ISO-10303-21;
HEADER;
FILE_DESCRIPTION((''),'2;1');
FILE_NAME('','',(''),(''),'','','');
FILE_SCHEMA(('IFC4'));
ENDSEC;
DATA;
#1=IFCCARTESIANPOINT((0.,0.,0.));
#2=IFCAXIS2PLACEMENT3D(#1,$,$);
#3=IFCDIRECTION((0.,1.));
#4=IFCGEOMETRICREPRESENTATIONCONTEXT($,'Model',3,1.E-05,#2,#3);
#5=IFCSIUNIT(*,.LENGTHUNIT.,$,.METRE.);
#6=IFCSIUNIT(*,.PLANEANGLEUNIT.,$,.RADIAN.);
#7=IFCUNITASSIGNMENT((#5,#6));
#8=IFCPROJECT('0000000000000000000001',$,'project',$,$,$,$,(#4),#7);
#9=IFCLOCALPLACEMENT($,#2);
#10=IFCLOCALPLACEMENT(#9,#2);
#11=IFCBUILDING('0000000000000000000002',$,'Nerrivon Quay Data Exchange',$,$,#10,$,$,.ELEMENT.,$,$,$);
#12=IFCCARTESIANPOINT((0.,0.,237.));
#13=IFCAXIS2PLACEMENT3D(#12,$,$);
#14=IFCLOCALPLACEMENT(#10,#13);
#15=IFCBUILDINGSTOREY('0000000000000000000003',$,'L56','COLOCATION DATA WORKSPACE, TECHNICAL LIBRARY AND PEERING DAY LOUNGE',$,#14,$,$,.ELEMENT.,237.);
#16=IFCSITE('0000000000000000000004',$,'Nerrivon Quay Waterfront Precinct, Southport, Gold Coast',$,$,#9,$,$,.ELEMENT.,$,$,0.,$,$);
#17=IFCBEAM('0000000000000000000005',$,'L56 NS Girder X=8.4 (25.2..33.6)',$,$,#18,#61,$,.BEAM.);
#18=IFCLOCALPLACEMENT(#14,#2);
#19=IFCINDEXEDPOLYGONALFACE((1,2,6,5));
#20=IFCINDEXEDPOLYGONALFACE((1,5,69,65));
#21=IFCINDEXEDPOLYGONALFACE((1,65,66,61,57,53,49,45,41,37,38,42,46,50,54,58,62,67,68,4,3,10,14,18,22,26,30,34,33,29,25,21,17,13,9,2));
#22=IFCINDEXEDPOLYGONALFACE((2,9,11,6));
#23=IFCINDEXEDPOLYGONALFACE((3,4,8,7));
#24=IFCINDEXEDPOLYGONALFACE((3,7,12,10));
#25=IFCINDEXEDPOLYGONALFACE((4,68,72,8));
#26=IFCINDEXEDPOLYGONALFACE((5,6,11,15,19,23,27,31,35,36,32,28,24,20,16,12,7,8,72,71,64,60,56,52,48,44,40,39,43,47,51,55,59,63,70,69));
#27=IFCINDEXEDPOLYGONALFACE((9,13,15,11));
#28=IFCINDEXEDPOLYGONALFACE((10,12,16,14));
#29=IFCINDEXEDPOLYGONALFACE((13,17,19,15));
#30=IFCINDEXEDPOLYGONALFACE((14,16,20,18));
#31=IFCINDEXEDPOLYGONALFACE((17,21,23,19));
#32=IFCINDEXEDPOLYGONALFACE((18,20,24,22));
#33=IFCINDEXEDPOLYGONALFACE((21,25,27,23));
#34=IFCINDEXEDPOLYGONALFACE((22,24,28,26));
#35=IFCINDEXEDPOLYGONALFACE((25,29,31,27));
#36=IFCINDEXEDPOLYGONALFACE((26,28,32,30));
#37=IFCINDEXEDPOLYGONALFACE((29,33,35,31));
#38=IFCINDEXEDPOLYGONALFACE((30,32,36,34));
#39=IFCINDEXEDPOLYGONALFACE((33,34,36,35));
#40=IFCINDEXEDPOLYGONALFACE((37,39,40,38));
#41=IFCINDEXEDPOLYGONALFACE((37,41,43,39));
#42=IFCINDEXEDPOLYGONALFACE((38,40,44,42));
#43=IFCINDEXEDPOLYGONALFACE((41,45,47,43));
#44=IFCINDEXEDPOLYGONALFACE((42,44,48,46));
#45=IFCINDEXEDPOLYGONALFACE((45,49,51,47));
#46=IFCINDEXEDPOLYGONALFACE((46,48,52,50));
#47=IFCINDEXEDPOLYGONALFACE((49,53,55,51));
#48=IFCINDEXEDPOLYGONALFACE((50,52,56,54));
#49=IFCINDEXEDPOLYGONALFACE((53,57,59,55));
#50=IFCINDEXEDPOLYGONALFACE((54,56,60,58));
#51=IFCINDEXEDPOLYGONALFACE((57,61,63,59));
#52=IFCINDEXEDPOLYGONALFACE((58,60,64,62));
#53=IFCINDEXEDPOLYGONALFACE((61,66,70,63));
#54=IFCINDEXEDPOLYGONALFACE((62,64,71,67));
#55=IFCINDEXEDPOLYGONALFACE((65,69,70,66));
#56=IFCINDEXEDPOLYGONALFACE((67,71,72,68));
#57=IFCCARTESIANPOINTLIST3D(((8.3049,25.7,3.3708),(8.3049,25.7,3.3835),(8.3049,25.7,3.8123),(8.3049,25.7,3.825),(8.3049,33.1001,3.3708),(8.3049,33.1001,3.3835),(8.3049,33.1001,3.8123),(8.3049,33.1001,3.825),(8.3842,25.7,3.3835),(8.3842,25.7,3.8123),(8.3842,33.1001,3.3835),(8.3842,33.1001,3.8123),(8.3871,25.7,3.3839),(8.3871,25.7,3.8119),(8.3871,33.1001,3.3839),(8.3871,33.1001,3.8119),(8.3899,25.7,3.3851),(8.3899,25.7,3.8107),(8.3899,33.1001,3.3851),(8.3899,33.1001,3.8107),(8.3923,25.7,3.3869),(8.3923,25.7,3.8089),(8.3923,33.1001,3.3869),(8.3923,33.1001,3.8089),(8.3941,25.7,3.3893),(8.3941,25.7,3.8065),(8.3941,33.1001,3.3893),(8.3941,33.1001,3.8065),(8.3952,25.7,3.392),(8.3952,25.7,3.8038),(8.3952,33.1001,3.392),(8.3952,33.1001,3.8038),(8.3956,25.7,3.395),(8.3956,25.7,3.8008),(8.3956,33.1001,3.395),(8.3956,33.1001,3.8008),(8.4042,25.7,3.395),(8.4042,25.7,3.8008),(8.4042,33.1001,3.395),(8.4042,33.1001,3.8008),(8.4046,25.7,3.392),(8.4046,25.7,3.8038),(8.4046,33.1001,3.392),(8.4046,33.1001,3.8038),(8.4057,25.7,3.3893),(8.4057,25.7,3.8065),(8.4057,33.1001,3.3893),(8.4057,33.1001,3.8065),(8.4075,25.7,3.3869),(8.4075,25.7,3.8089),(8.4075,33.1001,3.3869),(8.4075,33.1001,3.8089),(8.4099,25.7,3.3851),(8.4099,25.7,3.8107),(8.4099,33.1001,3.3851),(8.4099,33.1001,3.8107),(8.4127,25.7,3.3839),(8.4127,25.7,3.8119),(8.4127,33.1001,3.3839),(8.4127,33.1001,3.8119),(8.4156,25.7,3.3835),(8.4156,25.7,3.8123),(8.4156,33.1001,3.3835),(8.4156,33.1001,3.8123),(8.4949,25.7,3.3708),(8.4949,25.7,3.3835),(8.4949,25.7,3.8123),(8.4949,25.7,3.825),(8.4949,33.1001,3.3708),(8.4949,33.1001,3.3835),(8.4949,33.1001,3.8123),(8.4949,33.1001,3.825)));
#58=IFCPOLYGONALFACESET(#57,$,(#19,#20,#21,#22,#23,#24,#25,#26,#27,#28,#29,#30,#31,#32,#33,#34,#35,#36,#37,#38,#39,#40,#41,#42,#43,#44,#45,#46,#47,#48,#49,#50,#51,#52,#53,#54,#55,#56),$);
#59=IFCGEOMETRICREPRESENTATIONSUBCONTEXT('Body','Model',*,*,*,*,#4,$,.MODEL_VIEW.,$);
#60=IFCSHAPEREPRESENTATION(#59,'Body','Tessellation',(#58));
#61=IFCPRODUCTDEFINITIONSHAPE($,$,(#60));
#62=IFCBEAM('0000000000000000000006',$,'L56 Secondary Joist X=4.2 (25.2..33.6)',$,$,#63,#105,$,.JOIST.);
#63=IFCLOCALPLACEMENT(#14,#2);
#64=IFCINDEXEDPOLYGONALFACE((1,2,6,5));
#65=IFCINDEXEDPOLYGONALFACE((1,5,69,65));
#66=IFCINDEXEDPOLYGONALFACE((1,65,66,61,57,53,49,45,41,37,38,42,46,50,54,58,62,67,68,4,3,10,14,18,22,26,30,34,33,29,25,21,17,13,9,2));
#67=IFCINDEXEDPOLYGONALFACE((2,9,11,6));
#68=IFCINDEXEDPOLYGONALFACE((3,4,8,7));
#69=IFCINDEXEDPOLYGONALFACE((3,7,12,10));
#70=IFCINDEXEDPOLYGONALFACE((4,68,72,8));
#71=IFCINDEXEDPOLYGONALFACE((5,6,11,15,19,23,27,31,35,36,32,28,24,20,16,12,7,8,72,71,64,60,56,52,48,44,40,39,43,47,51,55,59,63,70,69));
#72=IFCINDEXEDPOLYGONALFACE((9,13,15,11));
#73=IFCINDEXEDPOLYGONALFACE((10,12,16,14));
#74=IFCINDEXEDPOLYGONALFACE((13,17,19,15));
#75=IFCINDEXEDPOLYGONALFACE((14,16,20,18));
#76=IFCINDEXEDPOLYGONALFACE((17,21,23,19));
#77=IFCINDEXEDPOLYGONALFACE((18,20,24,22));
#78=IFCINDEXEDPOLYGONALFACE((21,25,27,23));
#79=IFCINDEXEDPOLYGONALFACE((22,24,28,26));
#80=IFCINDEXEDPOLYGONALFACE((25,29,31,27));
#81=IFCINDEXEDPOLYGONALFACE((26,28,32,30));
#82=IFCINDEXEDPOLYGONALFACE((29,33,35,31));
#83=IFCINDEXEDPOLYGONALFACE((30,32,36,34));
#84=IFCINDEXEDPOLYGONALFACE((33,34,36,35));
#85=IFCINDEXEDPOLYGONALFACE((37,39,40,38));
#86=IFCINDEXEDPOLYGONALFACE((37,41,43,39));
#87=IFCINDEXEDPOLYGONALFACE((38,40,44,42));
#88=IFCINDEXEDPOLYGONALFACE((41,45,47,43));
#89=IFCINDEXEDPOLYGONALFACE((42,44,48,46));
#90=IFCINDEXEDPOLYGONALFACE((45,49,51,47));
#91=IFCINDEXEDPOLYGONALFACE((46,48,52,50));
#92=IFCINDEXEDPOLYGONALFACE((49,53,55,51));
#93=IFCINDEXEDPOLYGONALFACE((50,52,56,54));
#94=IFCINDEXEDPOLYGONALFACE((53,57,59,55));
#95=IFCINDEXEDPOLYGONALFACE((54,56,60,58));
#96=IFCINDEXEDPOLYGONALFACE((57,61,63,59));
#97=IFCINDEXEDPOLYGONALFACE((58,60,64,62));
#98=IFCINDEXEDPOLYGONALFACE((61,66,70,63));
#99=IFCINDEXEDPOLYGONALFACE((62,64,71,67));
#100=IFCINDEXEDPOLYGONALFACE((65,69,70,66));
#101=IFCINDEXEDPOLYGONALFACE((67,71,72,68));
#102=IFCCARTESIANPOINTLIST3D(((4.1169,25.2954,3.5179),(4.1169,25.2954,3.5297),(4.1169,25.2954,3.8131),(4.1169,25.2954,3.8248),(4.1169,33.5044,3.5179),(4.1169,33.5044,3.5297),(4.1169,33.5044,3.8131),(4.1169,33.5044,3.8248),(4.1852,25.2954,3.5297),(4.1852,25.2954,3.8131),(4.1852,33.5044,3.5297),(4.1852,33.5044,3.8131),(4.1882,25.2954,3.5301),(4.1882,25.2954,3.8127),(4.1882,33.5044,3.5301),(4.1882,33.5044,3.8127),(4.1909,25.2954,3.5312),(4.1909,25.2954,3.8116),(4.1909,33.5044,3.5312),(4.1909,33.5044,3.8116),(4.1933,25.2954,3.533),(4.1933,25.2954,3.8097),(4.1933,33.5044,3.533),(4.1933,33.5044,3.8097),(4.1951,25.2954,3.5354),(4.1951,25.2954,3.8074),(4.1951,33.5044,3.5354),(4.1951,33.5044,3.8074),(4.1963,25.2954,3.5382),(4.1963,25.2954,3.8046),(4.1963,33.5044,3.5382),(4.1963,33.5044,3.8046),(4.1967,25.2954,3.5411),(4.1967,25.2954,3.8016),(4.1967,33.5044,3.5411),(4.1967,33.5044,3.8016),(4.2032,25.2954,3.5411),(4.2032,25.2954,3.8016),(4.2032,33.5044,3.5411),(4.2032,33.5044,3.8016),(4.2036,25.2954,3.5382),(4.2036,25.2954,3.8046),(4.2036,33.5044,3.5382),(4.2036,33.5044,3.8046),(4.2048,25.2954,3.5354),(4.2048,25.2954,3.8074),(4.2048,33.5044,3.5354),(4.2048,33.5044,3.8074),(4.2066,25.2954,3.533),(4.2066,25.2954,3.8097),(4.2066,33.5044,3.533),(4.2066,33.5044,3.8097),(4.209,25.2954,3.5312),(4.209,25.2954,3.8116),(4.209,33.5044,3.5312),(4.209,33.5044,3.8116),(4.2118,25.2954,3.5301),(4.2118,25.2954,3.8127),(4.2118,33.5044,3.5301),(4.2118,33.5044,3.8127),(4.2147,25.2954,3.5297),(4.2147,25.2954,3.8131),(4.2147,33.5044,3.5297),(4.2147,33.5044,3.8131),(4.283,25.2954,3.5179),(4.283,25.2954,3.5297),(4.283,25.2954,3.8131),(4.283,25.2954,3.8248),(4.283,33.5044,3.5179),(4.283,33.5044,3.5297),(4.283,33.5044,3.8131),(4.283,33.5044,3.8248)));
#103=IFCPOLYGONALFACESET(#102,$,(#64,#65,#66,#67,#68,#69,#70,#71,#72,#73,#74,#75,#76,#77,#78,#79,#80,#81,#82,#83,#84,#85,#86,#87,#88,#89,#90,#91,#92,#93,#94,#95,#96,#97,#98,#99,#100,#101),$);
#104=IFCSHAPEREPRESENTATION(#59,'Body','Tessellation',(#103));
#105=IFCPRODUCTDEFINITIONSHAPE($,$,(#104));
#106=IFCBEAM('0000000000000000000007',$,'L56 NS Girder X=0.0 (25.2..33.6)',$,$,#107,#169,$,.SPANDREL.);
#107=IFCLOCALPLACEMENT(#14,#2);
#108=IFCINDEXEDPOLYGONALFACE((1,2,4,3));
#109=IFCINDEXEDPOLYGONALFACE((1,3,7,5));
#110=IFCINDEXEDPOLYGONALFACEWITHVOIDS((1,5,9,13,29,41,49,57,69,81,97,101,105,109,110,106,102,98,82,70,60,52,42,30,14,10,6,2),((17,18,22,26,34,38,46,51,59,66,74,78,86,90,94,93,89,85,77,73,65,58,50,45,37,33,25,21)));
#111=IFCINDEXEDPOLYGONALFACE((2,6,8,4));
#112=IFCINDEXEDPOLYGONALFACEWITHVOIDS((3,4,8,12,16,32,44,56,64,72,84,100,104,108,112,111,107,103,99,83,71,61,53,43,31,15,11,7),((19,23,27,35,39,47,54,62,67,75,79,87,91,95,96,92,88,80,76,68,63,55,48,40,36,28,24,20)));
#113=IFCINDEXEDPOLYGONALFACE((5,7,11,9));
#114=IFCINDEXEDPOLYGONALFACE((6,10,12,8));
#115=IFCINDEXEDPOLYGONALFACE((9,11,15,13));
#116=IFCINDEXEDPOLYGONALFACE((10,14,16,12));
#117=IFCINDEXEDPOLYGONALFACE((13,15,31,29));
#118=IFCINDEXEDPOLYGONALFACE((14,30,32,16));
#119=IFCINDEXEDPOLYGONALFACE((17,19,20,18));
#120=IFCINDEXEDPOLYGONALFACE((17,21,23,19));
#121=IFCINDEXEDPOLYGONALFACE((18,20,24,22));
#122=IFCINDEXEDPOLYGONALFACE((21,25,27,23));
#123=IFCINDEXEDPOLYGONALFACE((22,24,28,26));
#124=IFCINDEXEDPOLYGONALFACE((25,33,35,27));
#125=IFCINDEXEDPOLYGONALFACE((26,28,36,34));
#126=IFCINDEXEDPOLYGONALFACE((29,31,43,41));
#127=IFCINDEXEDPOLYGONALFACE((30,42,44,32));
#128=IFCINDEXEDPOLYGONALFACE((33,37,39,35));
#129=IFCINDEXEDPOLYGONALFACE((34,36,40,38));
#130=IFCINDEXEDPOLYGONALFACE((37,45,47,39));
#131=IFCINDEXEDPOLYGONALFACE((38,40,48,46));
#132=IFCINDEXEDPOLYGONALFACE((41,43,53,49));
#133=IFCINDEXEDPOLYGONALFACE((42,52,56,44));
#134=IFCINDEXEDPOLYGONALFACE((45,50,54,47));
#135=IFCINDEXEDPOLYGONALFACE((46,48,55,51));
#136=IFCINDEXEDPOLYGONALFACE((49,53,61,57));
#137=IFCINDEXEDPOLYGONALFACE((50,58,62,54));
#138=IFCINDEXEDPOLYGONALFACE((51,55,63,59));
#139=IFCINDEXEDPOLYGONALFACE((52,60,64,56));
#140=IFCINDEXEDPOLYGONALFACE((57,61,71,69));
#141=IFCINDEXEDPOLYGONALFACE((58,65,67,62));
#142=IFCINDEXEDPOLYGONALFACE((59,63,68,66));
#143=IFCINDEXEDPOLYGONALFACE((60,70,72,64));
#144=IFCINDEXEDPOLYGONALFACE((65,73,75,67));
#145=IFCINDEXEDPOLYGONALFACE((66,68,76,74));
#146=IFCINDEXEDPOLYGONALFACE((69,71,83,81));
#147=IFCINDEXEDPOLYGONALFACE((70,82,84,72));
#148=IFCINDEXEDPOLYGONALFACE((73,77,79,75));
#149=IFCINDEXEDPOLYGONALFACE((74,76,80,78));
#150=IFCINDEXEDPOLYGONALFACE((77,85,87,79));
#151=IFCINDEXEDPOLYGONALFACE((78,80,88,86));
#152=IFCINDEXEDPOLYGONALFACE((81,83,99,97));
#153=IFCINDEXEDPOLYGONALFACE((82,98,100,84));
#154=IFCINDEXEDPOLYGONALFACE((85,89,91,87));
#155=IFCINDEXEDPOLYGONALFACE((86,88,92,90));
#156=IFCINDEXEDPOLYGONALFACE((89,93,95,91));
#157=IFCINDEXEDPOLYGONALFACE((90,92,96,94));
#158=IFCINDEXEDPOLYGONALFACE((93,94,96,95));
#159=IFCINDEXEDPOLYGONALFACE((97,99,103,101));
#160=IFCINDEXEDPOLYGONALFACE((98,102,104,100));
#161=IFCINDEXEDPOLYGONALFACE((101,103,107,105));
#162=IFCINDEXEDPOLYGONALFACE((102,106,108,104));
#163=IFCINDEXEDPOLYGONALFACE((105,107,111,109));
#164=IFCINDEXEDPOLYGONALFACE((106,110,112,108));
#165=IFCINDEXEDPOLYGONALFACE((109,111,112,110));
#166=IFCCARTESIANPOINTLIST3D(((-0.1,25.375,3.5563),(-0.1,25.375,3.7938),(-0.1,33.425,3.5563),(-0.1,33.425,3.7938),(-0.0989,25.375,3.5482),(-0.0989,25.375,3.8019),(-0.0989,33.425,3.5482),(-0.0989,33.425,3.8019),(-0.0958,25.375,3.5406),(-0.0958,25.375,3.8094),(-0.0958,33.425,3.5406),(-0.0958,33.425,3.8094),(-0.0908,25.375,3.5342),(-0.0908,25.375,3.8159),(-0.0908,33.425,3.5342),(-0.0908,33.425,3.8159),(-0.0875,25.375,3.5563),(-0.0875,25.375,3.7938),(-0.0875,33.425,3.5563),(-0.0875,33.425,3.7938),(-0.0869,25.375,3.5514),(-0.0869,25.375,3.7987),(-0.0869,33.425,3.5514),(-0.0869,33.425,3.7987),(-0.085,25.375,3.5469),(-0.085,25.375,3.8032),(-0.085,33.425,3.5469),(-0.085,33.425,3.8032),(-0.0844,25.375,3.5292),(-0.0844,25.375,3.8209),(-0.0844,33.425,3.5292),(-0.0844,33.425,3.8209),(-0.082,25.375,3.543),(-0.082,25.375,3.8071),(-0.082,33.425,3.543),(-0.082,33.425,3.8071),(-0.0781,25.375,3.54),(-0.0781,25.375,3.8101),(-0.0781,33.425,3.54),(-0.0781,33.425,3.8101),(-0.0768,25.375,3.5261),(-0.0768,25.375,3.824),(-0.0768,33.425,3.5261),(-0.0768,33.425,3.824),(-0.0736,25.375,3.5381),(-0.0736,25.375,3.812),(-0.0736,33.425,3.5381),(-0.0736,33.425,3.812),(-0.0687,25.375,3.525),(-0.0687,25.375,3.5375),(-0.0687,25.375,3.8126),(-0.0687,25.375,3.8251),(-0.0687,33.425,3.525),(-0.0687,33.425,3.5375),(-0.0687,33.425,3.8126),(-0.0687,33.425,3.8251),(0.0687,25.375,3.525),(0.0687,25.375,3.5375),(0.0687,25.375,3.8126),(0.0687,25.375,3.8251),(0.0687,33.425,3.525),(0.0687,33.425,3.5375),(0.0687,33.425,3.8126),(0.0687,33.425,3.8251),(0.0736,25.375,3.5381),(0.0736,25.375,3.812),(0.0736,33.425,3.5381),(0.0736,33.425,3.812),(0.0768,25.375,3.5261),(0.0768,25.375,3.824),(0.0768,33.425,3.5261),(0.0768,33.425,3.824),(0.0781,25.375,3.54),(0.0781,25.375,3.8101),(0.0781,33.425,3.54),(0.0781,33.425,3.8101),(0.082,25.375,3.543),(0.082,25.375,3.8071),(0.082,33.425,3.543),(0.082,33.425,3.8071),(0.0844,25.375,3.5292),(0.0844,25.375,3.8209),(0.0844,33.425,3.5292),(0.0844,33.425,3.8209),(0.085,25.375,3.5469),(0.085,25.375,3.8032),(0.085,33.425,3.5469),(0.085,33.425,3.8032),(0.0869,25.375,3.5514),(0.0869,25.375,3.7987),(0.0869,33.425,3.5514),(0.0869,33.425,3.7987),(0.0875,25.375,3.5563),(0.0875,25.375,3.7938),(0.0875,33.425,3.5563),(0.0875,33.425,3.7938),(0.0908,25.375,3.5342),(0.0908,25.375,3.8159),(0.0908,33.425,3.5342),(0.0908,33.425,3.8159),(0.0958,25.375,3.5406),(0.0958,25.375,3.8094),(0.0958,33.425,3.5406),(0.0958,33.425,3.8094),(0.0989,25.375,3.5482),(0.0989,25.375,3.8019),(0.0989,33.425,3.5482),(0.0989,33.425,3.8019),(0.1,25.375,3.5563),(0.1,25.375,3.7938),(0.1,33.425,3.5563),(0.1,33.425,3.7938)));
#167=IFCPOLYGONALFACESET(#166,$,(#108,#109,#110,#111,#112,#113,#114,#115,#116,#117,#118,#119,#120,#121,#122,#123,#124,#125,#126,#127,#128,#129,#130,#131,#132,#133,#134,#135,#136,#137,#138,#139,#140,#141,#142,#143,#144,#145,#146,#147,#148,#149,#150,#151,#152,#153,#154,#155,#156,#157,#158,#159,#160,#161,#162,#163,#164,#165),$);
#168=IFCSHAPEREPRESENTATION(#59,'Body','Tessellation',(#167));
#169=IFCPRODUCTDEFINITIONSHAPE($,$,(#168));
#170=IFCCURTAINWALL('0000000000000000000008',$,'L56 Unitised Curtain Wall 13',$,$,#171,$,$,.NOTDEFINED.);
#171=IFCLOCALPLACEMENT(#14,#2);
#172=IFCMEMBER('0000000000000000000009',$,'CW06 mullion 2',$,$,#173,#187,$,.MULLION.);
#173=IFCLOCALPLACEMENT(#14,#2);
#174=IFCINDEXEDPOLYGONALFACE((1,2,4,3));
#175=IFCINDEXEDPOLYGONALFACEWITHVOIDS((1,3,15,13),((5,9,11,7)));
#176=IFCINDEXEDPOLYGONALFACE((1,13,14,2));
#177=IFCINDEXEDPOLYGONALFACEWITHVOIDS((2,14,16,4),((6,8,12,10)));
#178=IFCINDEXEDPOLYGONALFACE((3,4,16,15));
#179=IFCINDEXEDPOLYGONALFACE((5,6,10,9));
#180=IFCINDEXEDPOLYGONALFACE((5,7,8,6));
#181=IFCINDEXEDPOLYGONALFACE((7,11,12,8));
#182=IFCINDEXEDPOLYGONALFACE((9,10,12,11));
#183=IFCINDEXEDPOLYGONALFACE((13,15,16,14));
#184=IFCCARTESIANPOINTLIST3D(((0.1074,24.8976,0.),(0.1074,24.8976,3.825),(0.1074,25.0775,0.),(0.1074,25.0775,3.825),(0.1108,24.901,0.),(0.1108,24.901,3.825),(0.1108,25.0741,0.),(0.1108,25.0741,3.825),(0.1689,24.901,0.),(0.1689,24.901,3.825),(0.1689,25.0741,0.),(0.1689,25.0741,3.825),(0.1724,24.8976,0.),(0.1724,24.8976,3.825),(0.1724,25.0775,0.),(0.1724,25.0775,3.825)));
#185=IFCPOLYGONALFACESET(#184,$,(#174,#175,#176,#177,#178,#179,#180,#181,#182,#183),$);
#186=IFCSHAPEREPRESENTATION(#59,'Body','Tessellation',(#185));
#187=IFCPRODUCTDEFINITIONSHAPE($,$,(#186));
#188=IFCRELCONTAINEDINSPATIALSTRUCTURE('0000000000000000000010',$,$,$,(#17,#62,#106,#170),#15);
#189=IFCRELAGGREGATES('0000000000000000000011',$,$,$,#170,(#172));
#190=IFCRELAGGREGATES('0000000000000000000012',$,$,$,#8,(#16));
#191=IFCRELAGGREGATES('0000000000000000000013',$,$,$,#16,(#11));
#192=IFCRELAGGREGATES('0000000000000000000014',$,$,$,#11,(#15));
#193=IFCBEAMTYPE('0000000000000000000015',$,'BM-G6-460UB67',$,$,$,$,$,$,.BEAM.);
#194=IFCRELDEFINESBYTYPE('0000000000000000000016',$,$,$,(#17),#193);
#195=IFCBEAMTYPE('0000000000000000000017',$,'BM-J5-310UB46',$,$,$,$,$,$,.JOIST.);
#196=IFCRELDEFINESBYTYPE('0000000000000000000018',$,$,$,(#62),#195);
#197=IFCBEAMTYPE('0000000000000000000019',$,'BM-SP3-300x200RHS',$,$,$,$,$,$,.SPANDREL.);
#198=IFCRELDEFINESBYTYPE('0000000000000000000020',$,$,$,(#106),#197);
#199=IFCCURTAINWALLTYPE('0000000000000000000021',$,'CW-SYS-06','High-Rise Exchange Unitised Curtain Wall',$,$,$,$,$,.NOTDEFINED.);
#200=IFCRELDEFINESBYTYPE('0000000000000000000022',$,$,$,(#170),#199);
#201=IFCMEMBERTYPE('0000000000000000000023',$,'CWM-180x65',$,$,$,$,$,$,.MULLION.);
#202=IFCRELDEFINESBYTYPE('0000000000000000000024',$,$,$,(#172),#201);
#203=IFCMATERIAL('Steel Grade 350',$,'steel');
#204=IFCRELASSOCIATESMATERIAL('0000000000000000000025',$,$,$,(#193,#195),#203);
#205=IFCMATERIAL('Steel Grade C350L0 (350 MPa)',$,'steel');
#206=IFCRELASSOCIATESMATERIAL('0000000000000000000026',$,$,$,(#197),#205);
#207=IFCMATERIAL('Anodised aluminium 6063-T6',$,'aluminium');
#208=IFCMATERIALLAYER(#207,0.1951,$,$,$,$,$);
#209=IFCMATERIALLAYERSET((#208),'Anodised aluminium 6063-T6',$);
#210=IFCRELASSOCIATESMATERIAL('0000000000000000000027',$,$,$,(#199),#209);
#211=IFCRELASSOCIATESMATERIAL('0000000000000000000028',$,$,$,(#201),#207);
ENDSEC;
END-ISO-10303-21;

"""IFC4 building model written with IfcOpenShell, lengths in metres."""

from ifc_helpers import new_model, si_unit, direction, frame, origin, origin_2d, place, context, subcontext, project, spatial, hollow_rectangle, i_section, extrude, material, layer, layer_set, material_profile, profile_set, type_object, element, aggregate, save


model = new_model("IFC4")

# Units and contexts
model_context = context("Model", 3, precision=1e-05, world=origin(), true_north=direction((0.0, 1.0)))
body_context = subcontext(model_context, "Body", "Model", "MODEL_VIEW")
ifc_project = project(units=[si_unit("LENGTHUNIT", "METRE"), si_unit("PLANEANGLEUNIT", "RADIAN")], contexts=[model_context])

# Site, building, storey
site_placement = place(None, origin())
site = spatial("IfcSite", under=ifc_project, at=site_placement, Name="Nerrivon Quay Waterfront Precinct, Southport, Gold Coast", CompositionType="ELEMENT", RefElevation=0.0)
building_placement = place(site_placement, origin())
building = spatial("IfcBuilding", under=site, at=building_placement, Name="Nerrivon Quay Data Exchange", CompositionType="ELEMENT")
storey_placement = place(building_placement, frame((0.0, 0.0, 237.0)))
storey = spatial("IfcBuildingStorey", under=building, at=storey_placement, Name="L56", Description="COLOCATION DATA WORKSPACE, TECHNICAL LIBRARY AND PEERING DAY LOUNGE", CompositionType="ELEMENT", Elevation=237.0)

# Shared definitions
ifc_material_1 = material(Name="Steel Grade 350", Category="steel")

# Beams
ifc_material_profile_1 = material_profile(ifc_material_1, i_section(OverallWidth=0.1899, OverallDepth=0.4541, WebThickness=0.0085, FlangeThickness=0.0127, FilletRadius=0.0115, at=origin_2d()), Name="460UB67.1")
ifc_profile_set_1 = profile_set([ifc_material_profile_1], Name="Steel Grade 350")
beam_type_1 = type_object("IfcBeamType", Name="BM-G6-460UB67", PredefinedType="BEAM", material=ifc_profile_set_1)
beam_1_placement = place(storey_placement, frame((8.3999, 25.7, 3.5979), z_axis=(0.0, 1.0, 0.0), x_axis=(-1.0, 0.0, 0.0)))
element("IfcBeam", 1, at=beam_1_placement, inside=storey, type_object=beam_type_1, Name="L56 NS Girder X=8.4 (25.2..33.6)", PredefinedType="BEAM", context=body_context, shape_type="SweptSolid", body=[
    extrude(i_section(OverallWidth=0.1899, OverallDepth=0.4541, WebThickness=0.0085, FlangeThickness=0.0127, FilletRadius=0.0115, at=origin_2d()), origin(), (0.0, 0.0, 1.0), 7.4001),
])
ifc_material_profile_2 = material_profile(ifc_material_1, i_section(OverallWidth=0.166, OverallDepth=0.3069, WebThickness=0.0066, FlangeThickness=0.0117, FilletRadius=0.0115, at=origin_2d()), Name="310UB46.2")
ifc_profile_set_2 = profile_set([ifc_material_profile_2], Name="Steel Grade 350")
beam_type_2 = type_object("IfcBeamType", Name="BM-J5-310UB46", PredefinedType="JOIST", material=ifc_profile_set_2)
beam_2_placement = place(storey_placement, frame((4.2, 25.2954, 3.6714), z_axis=(0.0, 1.0, 0.0), x_axis=(-1.0, 0.0, 0.0)))
element("IfcBeam", 2, at=beam_2_placement, inside=storey, type_object=beam_type_2, Name="L56 Secondary Joist X=4.2 (25.2..33.6)", PredefinedType="JOIST", context=body_context, shape_type="SweptSolid", body=[
    extrude(i_section(OverallWidth=0.166, OverallDepth=0.3069, WebThickness=0.0066, FlangeThickness=0.0117, FilletRadius=0.0115, at=origin_2d()), origin(), (0.0, 0.0, 1.0), 8.209),
])
ifc_material_2 = material(Name="Steel Grade C350L0 (350 MPa)", Category="steel")
ifc_material_profile_3 = material_profile(ifc_material_2, hollow_rectangle(XDim=0.2, YDim=0.3, WallThickness=0.0125, InnerFilletRadius=0.0188, OuterFilletRadius=0.0312, at=origin_2d()), Name="300x200x12.5RHS")
ifc_profile_set_3 = profile_set([ifc_material_profile_3], Name="Steel Grade C350L0 (350 MPa)")
beam_type_3 = type_object("IfcBeamType", Name="BM-SP3-300x200RHS", PredefinedType="SPANDREL", material=ifc_profile_set_3)
beam_3_placement = place(storey_placement, frame((0.0, 25.375, 3.675), z_axis=(0.0, 1.0, 0.0), x_axis=(-1.0, 0.0, 0.0)))
element("IfcBeam", 3, at=beam_3_placement, inside=storey, type_object=beam_type_3, Name="L56 NS Girder X=0.0 (25.2..33.6)", PredefinedType="SPANDREL", context=body_context, shape_type="SweptSolid", body=[
    extrude(hollow_rectangle(XDim=0.2, YDim=0.3, WallThickness=0.0125, InnerFilletRadius=0.0188, OuterFilletRadius=0.0312, at=origin_2d()), origin(), (0.0, 0.0, 1.0), 8.05),
])

# Curtain wall, member
ifc_material_3 = material(Name="Anodised aluminium 6063-T6", Category="aluminium")
ifc_layer_1 = layer(ifc_material_3, 0.1951)
ifc_layer_set_1 = layer_set([ifc_layer_1], Name="Anodised aluminium 6063-T6")
curtain_wall_type = type_object("IfcCurtainWallType", Name="CW-SYS-06", Description="High-Rise Exchange Unitised Curtain Wall", PredefinedType="NOTDEFINED", material=ifc_layer_set_1)
curtain_wall_1_placement = place(storey_placement, origin())
curtain_wall_1 = element("IfcCurtainWall", 4, at=curtain_wall_1_placement, inside=storey, type_object=curtain_wall_type, Name="L56 Unitised Curtain Wall 13", PredefinedType="NOTDEFINED")
ifc_material_profile_4 = material_profile(ifc_material_3, hollow_rectangle(XDim=0.0649, YDim=0.1799, WallThickness=0.0034, at=origin_2d()), Name="ALU-MULL-180x65")
ifc_profile_set_4 = profile_set([ifc_material_profile_4], Name="Anodised aluminium 6063-T6")
member_type_1 = type_object("IfcMemberType", Name="CWM-180x65", PredefinedType="MULLION", material=ifc_profile_set_4)
member_1_placement = place(storey_placement, frame((0.1399, 24.9875, 0.0), z_axis=(0.0, 0.0, 1.0), x_axis=(-1.0, 0.0, 0.0)))
member_1 = element("IfcMember", 5, at=member_1_placement, type_object=member_type_1, Name="CW06 mullion 2", PredefinedType="MULLION", context=body_context, shape_type="SweptSolid", body=[
    extrude(hollow_rectangle(XDim=0.0649, YDim=0.1799, WallThickness=0.0034, at=origin_2d()), origin(), (0.0, 0.0, 1.0), 3.825),
])

aggregate(curtain_wall_1, [member_1])

save(model, "model.ifc")
